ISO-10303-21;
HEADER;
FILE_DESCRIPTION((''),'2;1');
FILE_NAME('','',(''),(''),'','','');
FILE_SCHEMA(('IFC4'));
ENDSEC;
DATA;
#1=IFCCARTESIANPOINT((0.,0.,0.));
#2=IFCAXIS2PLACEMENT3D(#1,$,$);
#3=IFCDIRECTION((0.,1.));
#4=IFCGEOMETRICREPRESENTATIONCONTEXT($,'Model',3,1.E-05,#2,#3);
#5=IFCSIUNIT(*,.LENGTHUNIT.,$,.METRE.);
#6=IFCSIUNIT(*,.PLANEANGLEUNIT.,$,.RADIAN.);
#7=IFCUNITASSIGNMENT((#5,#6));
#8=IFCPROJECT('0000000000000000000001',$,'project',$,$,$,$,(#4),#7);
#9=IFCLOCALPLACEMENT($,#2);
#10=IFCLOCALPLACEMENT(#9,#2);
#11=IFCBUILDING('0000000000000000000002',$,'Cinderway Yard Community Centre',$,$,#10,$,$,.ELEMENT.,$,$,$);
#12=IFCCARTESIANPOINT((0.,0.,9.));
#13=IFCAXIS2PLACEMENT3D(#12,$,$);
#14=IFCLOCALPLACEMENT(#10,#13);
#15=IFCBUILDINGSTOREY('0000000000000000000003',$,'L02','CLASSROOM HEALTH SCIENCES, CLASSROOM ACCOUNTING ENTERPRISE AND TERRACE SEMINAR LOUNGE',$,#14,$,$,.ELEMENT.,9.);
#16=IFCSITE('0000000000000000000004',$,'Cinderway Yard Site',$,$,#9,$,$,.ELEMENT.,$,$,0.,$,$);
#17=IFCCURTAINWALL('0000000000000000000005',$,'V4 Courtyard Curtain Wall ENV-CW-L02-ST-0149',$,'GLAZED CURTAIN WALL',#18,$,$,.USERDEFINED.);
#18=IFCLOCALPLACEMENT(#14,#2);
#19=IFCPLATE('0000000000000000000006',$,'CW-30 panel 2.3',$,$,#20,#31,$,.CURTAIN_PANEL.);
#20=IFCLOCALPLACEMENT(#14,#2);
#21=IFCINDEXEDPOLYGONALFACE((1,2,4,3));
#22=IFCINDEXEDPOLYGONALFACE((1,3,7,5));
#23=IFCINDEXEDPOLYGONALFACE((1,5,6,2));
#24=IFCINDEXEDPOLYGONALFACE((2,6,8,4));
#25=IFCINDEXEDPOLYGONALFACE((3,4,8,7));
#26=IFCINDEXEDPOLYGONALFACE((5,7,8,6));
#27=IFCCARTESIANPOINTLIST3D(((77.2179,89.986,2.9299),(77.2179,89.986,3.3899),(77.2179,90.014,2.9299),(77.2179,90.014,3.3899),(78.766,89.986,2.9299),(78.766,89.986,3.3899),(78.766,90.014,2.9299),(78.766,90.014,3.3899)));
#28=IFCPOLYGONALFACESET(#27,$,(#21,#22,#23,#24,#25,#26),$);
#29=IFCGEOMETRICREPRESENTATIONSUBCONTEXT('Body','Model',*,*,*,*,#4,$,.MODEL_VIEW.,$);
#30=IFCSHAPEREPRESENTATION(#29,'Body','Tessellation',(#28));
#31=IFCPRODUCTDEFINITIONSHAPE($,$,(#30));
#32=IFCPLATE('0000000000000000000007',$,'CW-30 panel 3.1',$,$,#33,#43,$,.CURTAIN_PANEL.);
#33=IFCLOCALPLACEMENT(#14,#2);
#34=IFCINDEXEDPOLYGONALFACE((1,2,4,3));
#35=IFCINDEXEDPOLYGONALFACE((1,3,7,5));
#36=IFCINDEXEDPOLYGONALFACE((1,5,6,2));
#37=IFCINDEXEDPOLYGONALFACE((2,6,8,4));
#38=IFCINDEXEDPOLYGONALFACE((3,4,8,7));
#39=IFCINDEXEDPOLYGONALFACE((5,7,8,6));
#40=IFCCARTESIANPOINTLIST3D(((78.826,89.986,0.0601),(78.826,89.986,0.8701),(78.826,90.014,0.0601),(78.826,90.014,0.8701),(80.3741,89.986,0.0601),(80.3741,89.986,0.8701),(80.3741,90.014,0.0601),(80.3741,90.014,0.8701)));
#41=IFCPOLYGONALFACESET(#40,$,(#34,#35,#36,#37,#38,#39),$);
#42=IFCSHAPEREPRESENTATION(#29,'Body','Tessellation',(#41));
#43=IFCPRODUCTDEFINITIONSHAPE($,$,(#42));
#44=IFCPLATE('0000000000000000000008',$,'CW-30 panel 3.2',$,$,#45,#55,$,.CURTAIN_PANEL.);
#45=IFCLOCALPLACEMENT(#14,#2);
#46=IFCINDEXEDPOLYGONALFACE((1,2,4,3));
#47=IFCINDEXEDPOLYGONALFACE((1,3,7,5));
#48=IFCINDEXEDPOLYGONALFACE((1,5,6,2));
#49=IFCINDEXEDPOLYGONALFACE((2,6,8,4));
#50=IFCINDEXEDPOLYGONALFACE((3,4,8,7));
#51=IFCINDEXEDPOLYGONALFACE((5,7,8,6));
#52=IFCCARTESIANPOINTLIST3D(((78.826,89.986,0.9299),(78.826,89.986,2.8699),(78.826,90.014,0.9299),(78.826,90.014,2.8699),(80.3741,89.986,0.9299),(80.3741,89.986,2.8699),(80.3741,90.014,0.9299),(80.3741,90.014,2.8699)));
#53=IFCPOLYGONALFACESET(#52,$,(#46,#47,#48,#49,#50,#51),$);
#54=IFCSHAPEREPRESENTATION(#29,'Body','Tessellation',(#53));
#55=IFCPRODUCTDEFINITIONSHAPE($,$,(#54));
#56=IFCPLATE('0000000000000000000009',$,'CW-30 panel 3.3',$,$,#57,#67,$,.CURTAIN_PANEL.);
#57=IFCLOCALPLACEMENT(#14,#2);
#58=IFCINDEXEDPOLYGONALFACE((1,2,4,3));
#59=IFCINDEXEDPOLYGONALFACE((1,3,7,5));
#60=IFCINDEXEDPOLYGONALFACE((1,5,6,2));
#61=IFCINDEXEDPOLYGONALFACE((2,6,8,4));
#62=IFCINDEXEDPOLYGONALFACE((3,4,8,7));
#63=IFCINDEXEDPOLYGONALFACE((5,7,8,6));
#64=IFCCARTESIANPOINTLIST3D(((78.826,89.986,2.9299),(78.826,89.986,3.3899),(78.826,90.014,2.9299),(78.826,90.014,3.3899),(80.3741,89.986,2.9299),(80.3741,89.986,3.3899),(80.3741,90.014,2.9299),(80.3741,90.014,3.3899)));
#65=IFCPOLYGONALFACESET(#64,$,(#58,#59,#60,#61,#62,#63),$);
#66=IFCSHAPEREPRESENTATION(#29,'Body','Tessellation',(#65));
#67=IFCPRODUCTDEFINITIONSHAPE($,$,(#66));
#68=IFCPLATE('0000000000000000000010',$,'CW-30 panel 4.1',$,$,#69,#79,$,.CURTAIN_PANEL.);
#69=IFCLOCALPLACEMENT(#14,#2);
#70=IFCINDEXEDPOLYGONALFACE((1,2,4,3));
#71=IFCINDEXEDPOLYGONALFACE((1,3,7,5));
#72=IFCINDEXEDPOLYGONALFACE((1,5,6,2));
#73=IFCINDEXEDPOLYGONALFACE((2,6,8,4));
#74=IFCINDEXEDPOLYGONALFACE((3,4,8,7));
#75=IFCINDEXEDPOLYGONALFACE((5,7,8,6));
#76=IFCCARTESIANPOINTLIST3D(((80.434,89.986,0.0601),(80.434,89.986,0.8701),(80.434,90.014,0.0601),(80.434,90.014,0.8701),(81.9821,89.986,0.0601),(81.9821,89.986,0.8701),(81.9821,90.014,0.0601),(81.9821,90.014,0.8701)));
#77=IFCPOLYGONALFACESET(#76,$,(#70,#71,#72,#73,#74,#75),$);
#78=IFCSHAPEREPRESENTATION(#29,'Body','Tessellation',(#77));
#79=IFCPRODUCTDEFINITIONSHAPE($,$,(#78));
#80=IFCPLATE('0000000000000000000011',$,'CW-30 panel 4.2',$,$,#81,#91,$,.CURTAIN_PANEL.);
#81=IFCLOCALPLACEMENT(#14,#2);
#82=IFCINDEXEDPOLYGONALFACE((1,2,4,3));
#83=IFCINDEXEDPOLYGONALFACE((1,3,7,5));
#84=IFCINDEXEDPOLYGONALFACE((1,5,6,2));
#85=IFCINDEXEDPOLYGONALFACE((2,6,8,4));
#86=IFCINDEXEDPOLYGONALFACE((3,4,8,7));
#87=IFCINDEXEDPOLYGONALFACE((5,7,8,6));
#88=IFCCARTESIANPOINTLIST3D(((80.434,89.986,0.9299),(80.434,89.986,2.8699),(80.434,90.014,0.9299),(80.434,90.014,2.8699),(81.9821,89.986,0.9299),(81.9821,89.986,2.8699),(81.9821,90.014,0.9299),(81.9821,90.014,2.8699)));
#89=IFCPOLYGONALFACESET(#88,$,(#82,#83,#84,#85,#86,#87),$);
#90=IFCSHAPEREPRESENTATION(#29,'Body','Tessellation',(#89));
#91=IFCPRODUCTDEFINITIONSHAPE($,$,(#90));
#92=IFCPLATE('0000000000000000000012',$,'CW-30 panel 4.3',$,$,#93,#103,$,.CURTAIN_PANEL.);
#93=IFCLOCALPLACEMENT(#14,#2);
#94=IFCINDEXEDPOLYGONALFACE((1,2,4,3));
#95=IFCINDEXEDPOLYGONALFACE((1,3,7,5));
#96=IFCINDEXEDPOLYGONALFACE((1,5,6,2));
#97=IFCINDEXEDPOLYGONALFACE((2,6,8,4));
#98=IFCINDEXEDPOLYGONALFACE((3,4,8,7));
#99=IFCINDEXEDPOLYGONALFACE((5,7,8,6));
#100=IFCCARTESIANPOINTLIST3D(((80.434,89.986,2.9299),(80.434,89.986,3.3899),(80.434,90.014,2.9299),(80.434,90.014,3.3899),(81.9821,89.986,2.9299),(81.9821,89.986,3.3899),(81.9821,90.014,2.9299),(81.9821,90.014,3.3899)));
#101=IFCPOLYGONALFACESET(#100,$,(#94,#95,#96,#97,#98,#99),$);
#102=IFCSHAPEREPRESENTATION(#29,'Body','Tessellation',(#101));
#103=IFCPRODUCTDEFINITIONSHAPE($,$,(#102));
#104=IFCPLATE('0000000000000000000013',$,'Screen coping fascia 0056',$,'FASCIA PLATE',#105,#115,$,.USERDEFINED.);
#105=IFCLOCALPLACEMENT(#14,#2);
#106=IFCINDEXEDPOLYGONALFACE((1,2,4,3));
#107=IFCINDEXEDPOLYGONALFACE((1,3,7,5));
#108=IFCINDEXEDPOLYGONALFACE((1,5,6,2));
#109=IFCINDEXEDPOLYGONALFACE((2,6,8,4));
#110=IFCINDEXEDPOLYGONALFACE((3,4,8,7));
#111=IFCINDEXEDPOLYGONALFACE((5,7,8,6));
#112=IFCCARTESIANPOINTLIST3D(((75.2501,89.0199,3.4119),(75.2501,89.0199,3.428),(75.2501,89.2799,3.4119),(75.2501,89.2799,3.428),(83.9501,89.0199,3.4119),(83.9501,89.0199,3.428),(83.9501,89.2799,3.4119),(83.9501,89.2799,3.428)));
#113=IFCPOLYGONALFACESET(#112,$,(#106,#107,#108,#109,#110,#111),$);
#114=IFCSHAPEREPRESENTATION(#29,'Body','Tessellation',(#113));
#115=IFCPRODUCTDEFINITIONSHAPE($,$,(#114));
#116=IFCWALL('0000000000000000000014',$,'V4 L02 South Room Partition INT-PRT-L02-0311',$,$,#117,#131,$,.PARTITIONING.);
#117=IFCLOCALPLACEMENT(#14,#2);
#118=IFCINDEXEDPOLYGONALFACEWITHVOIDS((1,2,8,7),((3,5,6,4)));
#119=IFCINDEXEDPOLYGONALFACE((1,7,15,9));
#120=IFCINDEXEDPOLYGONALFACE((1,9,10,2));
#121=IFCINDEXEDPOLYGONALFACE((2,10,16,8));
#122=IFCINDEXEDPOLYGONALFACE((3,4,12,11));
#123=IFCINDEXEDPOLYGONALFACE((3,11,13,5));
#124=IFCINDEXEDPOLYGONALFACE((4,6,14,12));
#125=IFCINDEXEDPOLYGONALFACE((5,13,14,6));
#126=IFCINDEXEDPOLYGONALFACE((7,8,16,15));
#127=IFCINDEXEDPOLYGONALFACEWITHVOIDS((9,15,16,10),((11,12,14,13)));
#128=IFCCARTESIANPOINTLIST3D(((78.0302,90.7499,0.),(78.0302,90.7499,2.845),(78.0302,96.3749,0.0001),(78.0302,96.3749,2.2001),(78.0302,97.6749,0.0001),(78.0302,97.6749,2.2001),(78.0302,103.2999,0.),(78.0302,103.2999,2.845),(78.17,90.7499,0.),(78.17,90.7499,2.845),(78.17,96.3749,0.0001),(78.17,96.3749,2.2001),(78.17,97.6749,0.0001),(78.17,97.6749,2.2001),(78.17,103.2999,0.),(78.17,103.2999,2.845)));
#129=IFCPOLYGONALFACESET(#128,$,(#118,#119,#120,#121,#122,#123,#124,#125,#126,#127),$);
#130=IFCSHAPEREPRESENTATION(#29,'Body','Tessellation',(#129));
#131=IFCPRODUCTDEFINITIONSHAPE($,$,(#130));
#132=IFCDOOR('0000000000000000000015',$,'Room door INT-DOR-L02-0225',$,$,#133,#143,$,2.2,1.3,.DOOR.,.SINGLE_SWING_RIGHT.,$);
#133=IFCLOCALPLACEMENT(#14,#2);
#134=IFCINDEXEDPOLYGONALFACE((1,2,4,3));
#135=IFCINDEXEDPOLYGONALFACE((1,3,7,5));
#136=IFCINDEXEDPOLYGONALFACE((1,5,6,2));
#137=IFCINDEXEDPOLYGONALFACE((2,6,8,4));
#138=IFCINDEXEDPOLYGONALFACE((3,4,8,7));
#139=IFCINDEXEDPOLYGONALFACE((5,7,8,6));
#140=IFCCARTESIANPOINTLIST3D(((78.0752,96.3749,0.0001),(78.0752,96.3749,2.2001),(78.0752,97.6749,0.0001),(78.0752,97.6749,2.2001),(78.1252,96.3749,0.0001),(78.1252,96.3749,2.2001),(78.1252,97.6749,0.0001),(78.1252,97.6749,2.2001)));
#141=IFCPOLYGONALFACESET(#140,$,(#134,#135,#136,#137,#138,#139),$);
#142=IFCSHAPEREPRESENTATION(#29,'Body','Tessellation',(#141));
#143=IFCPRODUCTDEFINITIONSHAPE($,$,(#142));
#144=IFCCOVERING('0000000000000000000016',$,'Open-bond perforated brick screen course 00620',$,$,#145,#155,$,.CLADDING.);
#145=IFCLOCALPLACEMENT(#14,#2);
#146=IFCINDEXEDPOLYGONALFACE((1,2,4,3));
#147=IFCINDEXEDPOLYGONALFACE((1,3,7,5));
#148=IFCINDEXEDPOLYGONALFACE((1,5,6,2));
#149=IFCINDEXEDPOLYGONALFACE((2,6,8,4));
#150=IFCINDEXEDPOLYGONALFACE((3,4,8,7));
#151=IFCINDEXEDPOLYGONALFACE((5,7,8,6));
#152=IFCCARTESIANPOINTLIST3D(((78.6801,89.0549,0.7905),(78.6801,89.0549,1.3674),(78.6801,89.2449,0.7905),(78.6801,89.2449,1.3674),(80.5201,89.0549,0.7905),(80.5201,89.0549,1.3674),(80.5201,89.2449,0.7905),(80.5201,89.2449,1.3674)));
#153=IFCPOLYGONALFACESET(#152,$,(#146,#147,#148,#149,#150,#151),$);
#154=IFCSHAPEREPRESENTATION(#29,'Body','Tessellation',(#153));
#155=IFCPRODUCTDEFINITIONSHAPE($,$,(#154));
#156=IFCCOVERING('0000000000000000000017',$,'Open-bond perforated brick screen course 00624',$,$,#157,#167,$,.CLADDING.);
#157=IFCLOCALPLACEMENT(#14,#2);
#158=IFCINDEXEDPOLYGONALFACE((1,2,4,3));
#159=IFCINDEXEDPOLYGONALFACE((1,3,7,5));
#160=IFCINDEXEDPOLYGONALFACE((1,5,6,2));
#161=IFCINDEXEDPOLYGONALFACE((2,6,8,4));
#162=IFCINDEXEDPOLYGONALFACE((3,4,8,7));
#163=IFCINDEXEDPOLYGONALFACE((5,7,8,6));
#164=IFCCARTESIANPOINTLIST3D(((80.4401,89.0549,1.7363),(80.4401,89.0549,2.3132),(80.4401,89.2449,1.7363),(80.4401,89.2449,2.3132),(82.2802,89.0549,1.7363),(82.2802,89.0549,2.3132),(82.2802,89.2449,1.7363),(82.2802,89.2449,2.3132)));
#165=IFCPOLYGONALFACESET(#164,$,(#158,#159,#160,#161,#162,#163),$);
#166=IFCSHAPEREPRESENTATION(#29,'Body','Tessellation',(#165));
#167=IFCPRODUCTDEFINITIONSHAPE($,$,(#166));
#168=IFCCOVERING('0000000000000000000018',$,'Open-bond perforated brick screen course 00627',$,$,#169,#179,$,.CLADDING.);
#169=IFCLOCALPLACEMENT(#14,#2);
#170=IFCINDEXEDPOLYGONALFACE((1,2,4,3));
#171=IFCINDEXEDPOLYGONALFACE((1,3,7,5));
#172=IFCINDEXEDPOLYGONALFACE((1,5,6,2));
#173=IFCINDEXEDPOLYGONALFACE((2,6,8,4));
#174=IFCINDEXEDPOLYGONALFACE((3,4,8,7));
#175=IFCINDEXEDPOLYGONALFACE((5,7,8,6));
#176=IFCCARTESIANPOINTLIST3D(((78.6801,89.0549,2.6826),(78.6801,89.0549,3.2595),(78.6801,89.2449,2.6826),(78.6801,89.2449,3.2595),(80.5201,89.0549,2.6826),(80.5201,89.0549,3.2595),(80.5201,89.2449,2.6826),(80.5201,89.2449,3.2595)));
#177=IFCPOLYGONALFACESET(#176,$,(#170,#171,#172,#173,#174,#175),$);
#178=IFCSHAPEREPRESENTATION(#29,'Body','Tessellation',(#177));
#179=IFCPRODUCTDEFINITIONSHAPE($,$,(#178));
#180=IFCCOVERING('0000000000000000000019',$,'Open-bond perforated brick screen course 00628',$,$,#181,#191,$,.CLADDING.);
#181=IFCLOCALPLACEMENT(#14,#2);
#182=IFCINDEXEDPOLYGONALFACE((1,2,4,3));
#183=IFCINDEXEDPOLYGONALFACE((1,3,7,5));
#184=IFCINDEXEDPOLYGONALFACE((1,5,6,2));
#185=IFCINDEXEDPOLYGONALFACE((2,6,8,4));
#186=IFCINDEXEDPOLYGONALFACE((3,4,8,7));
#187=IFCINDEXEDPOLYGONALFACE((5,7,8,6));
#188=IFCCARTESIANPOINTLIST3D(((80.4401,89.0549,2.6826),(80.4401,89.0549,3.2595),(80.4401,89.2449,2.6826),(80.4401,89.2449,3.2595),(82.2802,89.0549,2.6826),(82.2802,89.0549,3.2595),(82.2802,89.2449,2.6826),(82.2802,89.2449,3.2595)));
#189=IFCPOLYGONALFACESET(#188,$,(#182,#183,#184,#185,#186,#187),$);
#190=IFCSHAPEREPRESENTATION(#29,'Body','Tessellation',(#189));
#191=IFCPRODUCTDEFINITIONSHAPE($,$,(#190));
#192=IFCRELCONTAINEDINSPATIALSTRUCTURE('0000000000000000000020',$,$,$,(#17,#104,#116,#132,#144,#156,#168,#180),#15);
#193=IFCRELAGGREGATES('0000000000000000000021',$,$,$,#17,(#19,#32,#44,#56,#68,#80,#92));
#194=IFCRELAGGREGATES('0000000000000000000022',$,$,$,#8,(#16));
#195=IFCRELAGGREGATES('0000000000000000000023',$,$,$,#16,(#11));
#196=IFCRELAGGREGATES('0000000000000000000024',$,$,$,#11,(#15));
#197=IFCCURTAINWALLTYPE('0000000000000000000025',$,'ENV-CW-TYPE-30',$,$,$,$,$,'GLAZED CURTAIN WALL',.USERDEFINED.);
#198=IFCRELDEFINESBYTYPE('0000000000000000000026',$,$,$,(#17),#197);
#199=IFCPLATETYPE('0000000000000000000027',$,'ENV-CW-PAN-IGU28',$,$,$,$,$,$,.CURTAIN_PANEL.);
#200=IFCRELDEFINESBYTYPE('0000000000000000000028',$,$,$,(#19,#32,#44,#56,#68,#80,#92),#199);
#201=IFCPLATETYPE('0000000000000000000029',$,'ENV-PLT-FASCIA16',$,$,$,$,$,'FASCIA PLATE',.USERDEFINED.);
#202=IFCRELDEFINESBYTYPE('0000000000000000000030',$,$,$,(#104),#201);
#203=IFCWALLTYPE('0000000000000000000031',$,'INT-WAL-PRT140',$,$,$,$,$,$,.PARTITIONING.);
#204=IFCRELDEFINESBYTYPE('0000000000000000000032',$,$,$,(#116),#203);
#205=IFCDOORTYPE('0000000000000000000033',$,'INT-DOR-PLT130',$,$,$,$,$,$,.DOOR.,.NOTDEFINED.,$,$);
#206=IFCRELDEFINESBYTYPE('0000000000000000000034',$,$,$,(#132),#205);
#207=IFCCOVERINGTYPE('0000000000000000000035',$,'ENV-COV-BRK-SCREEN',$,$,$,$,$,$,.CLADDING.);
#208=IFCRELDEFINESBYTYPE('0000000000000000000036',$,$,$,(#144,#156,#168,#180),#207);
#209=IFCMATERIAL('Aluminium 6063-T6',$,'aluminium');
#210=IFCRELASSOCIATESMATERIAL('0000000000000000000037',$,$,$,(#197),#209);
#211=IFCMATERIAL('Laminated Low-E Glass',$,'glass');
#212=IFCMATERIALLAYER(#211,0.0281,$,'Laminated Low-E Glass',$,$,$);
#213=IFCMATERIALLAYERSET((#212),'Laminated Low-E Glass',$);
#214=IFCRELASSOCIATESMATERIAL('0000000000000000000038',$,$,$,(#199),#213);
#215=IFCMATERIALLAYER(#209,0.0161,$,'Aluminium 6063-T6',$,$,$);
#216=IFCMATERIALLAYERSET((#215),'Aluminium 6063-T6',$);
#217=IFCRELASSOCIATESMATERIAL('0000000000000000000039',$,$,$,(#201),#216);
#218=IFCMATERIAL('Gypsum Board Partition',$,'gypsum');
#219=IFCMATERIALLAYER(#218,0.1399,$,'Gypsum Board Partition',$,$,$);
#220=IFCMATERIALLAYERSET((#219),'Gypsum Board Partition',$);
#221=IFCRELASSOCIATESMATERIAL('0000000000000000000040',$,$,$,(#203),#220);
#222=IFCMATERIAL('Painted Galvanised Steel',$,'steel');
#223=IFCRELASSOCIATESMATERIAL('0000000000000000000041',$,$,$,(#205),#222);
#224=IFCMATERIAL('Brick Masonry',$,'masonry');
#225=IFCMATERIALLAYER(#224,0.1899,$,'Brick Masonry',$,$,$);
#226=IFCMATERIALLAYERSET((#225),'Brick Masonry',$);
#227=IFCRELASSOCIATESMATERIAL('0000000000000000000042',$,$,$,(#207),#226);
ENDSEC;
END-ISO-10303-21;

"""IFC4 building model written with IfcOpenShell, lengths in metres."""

from ifc_helpers import new_model, si_unit, direction, frame, frame_2d, origin, origin_2d, place, context, subcontext, project, spatial, rectangle, extrude, material, layer, layer_set, type_object, element, fill, aggregate, save


model = new_model("IFC4")

# Units and contexts
model_context = context("Model", 3, precision=1e-05, world=origin(), true_north=direction((0.0, 1.0)))
body_context = subcontext(model_context, "Body", "Model", "MODEL_VIEW")
ifc_project = project(units=[si_unit("LENGTHUNIT", "METRE"), si_unit("PLANEANGLEUNIT", "RADIAN")], contexts=[model_context])

# Site, building, storey
site_placement = place(None, origin())
site = spatial("IfcSite", under=ifc_project, at=site_placement, Name="Cinderway Yard Site", CompositionType="ELEMENT", RefElevation=0.0)
building_placement = place(site_placement, origin())
building = spatial("IfcBuilding", under=site, at=building_placement, Name="Cinderway Yard Community Centre", CompositionType="ELEMENT")
storey_placement = place(building_placement, frame((0.0, 0.0, 9.0)))
storey = spatial("IfcBuildingStorey", under=building, at=storey_placement, Name="L02", Description="CLASSROOM HEALTH SCIENCES, CLASSROOM ACCOUNTING ENTERPRISE AND TERRACE SEMINAR LOUNGE", CompositionType="ELEMENT", Elevation=9.0)

# Curtain wall
ifc_material_1 = material(Name="Aluminium 6063-T6", Category="aluminium")
curtain_wall_type = type_object("IfcCurtainWallType", Name="ENV-CW-TYPE-30", ElementType="GLAZED CURTAIN WALL", PredefinedType="USERDEFINED", material=ifc_material_1)
curtain_wall_placement = place(storey_placement, origin())
curtain_wall = element("IfcCurtainWall", 1, at=curtain_wall_placement, inside=storey, type_object=curtain_wall_type, Name="V4 Courtyard Curtain Wall ENV-CW-L02-ST-0149", ObjectType="GLAZED CURTAIN WALL", PredefinedType="USERDEFINED")

# Plates
ifc_material_2 = material(Name="Laminated Low-E Glass", Category="glass")
ifc_layer_1 = layer(ifc_material_2, 0.0281, Name="Laminated Low-E Glass")
ifc_layer_set_1 = layer_set([ifc_layer_1], Name="Laminated Low-E Glass")
plate_type_1 = type_object("IfcPlateType", Name="ENV-CW-PAN-IGU28", PredefinedType="CURTAIN_PANEL", material=ifc_layer_set_1)
plate_1_placement = place(storey_placement, frame((77.9919, 90.0, 2.9299), z_axis=(0.0, 0.0, 1.0), x_axis=(1.0, 0.0, 0.0)))
plate_1 = element("IfcPlate", 2, at=plate_1_placement, type_object=plate_type_1, Name="CW-30 panel 2.3", PredefinedType="CURTAIN_PANEL", context=body_context, shape_type="SweptSolid", body=[
    extrude(rectangle(XDim=1.5481, YDim=0.0281, at=origin_2d()), origin(), (0.0, 0.0, 1.0), 0.46),
])
plate_2_placement = place(storey_placement, frame((79.6001, 90.0, 0.0601), z_axis=(0.0, 0.0, 1.0), x_axis=(1.0, 0.0, 0.0)))
plate_2 = element("IfcPlate", 3, at=plate_2_placement, type_object=plate_type_1, Name="CW-30 panel 3.1", PredefinedType="CURTAIN_PANEL", context=body_context, shape_type="SweptSolid", body=[
    extrude(rectangle(XDim=1.5481, YDim=0.0281, at=origin_2d()), origin(), (0.0, 0.0, 1.0), 0.8101),
])
plate_3_placement = place(storey_placement, frame((79.6001, 90.0, 0.9299), z_axis=(0.0, 0.0, 1.0), x_axis=(1.0, 0.0, 0.0)))
plate_3 = element("IfcPlate", 4, at=plate_3_placement, type_object=plate_type_1, Name="CW-30 panel 3.2", PredefinedType="CURTAIN_PANEL", context=body_context, shape_type="SweptSolid", body=[
    extrude(rectangle(XDim=1.5481, YDim=0.0281, at=origin_2d()), origin(), (0.0, 0.0, 1.0), 1.9399),
])
plate_4_placement = place(storey_placement, frame((79.6001, 90.0, 2.9299), z_axis=(0.0, 0.0, 1.0), x_axis=(1.0, 0.0, 0.0)))
plate_4 = element("IfcPlate", 5, at=plate_4_placement, type_object=plate_type_1, Name="CW-30 panel 3.3", PredefinedType="CURTAIN_PANEL", context=body_context, shape_type="SweptSolid", body=[
    extrude(rectangle(XDim=1.5481, YDim=0.0281, at=origin_2d()), origin(), (0.0, 0.0, 1.0), 0.46),
])
plate_5_placement = place(storey_placement, frame((81.208, 90.0, 0.0601), z_axis=(0.0, 0.0, 1.0), x_axis=(1.0, 0.0, 0.0)))
plate_5 = element("IfcPlate", 6, at=plate_5_placement, type_object=plate_type_1, Name="CW-30 panel 4.1", PredefinedType="CURTAIN_PANEL", context=body_context, shape_type="SweptSolid", body=[
    extrude(rectangle(XDim=1.5481, YDim=0.0281, at=origin_2d()), origin(), (0.0, 0.0, 1.0), 0.8101),
])
plate_6_placement = place(storey_placement, frame((81.208, 90.0, 0.9299), z_axis=(0.0, 0.0, 1.0), x_axis=(1.0, 0.0, 0.0)))
plate_6 = element("IfcPlate", 7, at=plate_6_placement, type_object=plate_type_1, Name="CW-30 panel 4.2", PredefinedType="CURTAIN_PANEL", context=body_context, shape_type="SweptSolid", body=[
    extrude(rectangle(XDim=1.5481, YDim=0.0281, at=origin_2d()), origin(), (0.0, 0.0, 1.0), 1.9399),
])
plate_7_placement = place(storey_placement, frame((81.208, 90.0, 2.9299), z_axis=(0.0, 0.0, 1.0), x_axis=(1.0, 0.0, 0.0)))
plate_7 = element("IfcPlate", 8, at=plate_7_placement, type_object=plate_type_1, Name="CW-30 panel 4.3", PredefinedType="CURTAIN_PANEL", context=body_context, shape_type="SweptSolid", body=[
    extrude(rectangle(XDim=1.5481, YDim=0.0281, at=origin_2d()), origin(), (0.0, 0.0, 1.0), 0.46),
])
aggregate(curtain_wall, [plate_1, plate_2, plate_3, plate_4, plate_5, plate_6, plate_7])
ifc_layer_2 = layer(ifc_material_1, 0.0161, Name="Aluminium 6063-T6")
ifc_layer_set_2 = layer_set([ifc_layer_2], Name="Aluminium 6063-T6")
plate_type_2 = type_object("IfcPlateType", Name="ENV-PLT-FASCIA16", ElementType="FASCIA PLATE", PredefinedType="USERDEFINED", material=ifc_layer_set_2)
plate_8_placement = place(storey_placement, frame((79.6001, 89.1499, 3.4119), z_axis=(0.0, 0.0, 1.0), x_axis=(-1.0, 0.0, 0.0)))
element("IfcPlate", 9, at=plate_8_placement, inside=storey, type_object=plate_type_2, Name="Screen coping fascia 0056", ObjectType="FASCIA PLATE", PredefinedType="USERDEFINED", context=body_context, shape_type="SweptSolid", body=[
    extrude(rectangle(XDim=8.7, YDim=0.26, at=origin_2d()), origin(), (0.0, 0.0, 1.0), 0.0161),
])

# Wall, opening, door
ifc_material_3 = material(Name="Gypsum Board Partition", Category="gypsum")
ifc_layer_3 = layer(ifc_material_3, 0.1399, Name="Gypsum Board Partition")
ifc_layer_set_3 = layer_set([ifc_layer_3], Name="Gypsum Board Partition")
wall_type = type_object("IfcWallType", Name="INT-WAL-PRT140", PredefinedType="PARTITIONING", material=ifc_layer_set_3)
wall_placement = place(storey_placement, frame((78.1001, 90.75, 0.0), z_axis=(0.0, 0.0, 1.0), x_axis=(0.0, 1.0, 0.0)))
wall = element("IfcWall", 10, at=wall_placement, inside=storey, type_object=wall_type, Name="V4 L02 South Room Partition INT-PRT-L02-0311", PredefinedType="PARTITIONING", context=body_context, shape_type="SweptSolid", body=[
    extrude(rectangle(XDim=12.55, YDim=0.1399, at=frame_2d((6.2749, 0.0))), origin(), (0.0, 0.0, 1.0), 2.845),
])
opening_placement = place(wall_placement, frame((5.625, 0.0, 0.0)))
opening = element("IfcOpeningElement", 11, at=opening_placement, cuts=wall, PredefinedType="OPENING", context=body_context, shape_type="SweptSolid", body=[
    extrude(rectangle(XDim=1.3, YDim=2.2, at=frame_2d((0.6499, 1.1001))), frame((0.0, 0.0798, 0.0), z_axis=(0.0, -1.0, 0.0), x_axis=(1.0, 0.0, 0.0)), (0.0, 0.0, 1.0), 0.1599),
])
ifc_material_4 = material(Name="Painted Galvanised Steel", Category="steel")
door_type = type_object("IfcDoorType", Name="INT-DOR-PLT130", OperationType="NOTDEFINED", PredefinedType="DOOR", material=ifc_material_4)
door_placement = place(opening_placement, origin())
door = element("IfcDoor", 12, at=door_placement, inside=storey, type_object=door_type, Name="Room door INT-DOR-L02-0225", OperationType="SINGLE_SWING_RIGHT", OverallHeight=2.2, OverallWidth=1.3, PredefinedType="DOOR", context=body_context, shape_type="SweptSolid", body=[
    extrude(rectangle(XDim=1.3, YDim=2.2, at=frame_2d((0.6499, 1.1001))), frame((0.0, 0.0249, 0.0), z_axis=(0.0, -1.0, 0.0), x_axis=(1.0, 0.0, 0.0)), (0.0, 0.0, 1.0), 0.05),
])
fill(opening, door)

# Coverings
ifc_material_5 = material(Name="Brick Masonry", Category="masonry")
ifc_layer_4 = layer(ifc_material_5, 0.1899, Name="Brick Masonry")
ifc_layer_set_4 = layer_set([ifc_layer_4], Name="Brick Masonry")
covering_type = type_object("IfcCoveringType", Name="ENV-COV-BRK-SCREEN", PredefinedType="CLADDING", material=ifc_layer_set_4)
for number, where, z_axis, x_axis, name in (
    (13, (79.6001, 89.1499, 0.7905), (0.0, 0.0, 1.0), (-1.0, 0.0, 0.0), "Open-bond perforated brick screen course 00620"),
    (14, (81.3601, 89.1499, 1.7363), (0.0, 0.0, 1.0), (-1.0, 0.0, 0.0), "Open-bond perforated brick screen course 00624"),
    (15, (79.6001, 89.1499, 2.6826), (0.0, 0.0, 1.0), (-1.0, 0.0, 0.0), "Open-bond perforated brick screen course 00627"),
    (16, (81.3601, 89.1499, 2.6826), (0.0, 0.0, 1.0), (-1.0, 0.0, 0.0), "Open-bond perforated brick screen course 00628"),
):
    element("IfcCovering", number, at=place(storey_placement, frame(where, z_axis=z_axis, x_axis=x_axis)), inside=storey, type_object=covering_type, Name=name, PredefinedType="CLADDING", context=body_context, shape_type="SweptSolid", body=[
        extrude(rectangle(XDim=1.8401, YDim=0.1899, at=origin_2d()), origin(), (0.0, 0.0, 1.0), 0.5769),
    ])

save(model, "model.ifc")
